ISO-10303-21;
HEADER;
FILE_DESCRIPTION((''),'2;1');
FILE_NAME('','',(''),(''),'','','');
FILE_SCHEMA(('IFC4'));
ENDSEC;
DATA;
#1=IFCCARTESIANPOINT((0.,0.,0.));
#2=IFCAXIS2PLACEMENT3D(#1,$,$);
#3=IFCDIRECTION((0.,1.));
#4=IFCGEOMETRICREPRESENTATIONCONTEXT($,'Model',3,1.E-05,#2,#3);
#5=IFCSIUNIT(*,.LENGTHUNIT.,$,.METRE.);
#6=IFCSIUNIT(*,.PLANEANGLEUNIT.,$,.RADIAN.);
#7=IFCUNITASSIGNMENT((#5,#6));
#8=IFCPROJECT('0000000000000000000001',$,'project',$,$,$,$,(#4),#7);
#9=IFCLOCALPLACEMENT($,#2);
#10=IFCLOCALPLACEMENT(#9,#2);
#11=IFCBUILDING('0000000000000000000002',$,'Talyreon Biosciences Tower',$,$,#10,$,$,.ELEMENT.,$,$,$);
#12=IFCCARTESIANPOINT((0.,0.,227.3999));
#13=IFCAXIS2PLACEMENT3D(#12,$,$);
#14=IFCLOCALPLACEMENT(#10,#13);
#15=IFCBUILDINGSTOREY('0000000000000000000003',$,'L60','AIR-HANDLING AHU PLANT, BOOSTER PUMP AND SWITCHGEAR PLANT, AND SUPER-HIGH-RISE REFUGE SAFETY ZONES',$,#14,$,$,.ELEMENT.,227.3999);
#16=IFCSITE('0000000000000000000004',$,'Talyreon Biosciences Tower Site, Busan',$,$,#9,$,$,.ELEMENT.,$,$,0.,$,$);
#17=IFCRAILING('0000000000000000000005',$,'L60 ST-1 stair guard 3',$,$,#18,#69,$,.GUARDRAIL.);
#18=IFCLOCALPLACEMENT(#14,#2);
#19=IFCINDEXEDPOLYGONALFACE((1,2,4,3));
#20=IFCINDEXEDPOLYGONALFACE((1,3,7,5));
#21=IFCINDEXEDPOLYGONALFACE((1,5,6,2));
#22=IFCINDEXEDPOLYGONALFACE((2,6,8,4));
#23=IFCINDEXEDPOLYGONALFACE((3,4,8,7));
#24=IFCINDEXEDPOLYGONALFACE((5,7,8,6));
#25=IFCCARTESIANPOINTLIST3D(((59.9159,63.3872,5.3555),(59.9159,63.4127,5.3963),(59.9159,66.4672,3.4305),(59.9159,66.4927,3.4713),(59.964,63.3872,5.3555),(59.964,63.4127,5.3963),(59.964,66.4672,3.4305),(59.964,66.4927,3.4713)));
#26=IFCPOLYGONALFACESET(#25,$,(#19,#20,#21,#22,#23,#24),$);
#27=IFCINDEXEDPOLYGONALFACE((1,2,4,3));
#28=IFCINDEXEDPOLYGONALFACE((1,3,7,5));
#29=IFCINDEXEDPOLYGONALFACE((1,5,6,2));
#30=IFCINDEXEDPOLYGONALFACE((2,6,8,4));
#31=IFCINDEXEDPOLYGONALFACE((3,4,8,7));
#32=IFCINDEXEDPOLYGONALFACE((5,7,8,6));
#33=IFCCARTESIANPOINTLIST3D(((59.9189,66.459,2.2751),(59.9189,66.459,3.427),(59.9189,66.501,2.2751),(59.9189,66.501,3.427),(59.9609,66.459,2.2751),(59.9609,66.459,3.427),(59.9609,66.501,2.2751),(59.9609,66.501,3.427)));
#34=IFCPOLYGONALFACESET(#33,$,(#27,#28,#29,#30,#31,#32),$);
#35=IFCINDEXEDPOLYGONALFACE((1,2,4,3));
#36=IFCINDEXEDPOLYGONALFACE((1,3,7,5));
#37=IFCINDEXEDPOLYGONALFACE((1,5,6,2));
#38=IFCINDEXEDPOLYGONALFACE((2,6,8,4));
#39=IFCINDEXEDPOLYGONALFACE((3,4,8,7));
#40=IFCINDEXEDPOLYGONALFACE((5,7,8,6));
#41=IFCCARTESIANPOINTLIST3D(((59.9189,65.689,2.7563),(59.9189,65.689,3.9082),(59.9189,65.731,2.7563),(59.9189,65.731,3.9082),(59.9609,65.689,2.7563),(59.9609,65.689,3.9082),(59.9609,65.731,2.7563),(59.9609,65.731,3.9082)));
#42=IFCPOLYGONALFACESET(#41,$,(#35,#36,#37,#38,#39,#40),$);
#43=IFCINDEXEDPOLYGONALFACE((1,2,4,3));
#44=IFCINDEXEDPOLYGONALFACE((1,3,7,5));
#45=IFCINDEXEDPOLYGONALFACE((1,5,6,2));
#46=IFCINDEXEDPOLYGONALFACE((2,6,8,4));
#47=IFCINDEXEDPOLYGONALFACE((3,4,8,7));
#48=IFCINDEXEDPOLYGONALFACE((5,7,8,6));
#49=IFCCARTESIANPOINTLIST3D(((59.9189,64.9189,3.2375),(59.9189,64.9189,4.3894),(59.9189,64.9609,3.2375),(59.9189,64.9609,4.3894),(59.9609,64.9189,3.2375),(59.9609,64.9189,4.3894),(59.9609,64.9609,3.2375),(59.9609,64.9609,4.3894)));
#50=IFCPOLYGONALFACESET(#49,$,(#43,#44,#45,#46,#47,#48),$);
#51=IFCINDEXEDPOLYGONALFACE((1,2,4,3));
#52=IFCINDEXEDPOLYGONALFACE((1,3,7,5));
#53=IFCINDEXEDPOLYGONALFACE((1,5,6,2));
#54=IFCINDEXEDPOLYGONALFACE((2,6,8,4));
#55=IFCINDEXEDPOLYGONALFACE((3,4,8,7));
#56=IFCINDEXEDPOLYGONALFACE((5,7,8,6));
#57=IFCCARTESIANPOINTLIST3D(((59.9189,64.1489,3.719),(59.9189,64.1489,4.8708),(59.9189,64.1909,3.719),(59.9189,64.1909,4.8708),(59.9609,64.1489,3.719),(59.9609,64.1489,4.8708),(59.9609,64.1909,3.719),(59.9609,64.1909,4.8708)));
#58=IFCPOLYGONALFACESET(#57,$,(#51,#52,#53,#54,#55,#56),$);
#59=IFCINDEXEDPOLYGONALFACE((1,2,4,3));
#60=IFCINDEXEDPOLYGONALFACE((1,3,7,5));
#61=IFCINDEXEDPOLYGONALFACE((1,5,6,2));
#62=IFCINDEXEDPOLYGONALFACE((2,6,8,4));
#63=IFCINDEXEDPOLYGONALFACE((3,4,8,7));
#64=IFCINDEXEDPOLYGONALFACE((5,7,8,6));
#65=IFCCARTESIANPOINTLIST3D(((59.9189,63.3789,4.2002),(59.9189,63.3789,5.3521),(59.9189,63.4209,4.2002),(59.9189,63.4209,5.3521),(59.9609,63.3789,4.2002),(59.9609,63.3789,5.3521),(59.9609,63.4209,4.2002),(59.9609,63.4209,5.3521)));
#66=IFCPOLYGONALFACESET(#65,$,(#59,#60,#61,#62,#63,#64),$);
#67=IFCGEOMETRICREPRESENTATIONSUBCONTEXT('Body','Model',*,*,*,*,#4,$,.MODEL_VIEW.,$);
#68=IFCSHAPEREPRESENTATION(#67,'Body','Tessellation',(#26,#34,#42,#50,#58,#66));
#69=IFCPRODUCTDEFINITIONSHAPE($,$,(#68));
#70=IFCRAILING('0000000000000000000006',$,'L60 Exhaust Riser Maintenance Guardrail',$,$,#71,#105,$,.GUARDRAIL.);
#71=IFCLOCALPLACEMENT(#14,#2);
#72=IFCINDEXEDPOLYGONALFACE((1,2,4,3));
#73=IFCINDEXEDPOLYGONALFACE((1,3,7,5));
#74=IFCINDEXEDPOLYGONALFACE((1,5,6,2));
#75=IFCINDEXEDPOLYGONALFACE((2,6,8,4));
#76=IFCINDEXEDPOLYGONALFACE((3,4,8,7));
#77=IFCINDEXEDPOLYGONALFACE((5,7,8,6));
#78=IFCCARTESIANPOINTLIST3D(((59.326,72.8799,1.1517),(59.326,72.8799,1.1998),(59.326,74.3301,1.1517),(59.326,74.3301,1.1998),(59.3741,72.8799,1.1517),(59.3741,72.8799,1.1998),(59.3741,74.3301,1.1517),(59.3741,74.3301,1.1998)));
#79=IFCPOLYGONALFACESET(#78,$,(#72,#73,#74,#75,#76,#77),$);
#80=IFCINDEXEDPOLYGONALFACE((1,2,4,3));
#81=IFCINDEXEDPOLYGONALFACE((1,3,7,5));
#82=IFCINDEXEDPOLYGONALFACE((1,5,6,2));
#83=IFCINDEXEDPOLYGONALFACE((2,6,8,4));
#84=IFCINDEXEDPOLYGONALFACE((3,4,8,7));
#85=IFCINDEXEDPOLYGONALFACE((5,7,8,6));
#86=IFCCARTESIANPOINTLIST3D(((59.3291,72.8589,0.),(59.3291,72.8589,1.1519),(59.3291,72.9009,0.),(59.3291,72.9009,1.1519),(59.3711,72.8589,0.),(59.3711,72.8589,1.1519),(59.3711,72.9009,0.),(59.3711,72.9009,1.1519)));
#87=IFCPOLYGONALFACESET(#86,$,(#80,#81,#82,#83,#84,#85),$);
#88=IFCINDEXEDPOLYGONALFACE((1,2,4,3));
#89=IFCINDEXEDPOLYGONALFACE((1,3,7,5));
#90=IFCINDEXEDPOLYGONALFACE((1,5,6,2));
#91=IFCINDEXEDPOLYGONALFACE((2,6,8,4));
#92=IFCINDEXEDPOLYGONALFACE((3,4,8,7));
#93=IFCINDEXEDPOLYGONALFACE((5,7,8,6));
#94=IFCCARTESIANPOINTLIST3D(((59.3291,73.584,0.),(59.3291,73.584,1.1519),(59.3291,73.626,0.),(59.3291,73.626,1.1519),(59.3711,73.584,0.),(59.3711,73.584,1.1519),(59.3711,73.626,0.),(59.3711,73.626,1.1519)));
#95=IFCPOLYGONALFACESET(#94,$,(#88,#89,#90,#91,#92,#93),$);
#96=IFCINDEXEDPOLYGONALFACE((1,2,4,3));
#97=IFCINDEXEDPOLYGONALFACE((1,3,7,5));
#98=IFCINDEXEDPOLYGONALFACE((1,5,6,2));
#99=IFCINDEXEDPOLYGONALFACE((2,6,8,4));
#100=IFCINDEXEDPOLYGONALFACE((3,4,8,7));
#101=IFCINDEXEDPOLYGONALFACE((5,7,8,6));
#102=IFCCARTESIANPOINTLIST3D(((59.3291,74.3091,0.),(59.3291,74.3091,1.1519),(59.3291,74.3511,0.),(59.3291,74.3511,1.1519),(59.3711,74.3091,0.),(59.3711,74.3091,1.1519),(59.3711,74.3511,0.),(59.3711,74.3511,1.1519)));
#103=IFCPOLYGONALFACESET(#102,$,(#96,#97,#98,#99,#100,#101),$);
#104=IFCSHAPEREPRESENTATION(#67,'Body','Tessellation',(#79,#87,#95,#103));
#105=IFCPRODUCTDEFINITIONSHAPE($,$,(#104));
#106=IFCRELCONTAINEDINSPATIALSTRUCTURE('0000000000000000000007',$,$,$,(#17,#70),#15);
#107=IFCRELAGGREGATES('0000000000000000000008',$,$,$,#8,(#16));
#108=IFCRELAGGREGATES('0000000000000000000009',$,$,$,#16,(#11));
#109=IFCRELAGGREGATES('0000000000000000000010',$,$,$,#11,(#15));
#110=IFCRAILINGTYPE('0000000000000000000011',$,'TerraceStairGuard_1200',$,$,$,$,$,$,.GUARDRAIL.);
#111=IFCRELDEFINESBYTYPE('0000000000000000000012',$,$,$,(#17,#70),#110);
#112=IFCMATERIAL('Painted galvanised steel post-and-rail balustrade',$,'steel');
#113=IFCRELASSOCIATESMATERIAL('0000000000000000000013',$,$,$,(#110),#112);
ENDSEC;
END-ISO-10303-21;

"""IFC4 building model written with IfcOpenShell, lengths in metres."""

from ifc_helpers import new_model, si_unit, direction, frame, origin, origin_2d, place, context, subcontext, project, spatial, rectangle, extrude, material, type_object, element, save


model = new_model("IFC4")

# Units and contexts
model_context = context("Model", 3, precision=1e-05, world=origin(), true_north=direction((0.0, 1.0)))
body_context = subcontext(model_context, "Body", "Model", "MODEL_VIEW")
ifc_project = project(units=[si_unit("LENGTHUNIT", "METRE"), si_unit("PLANEANGLEUNIT", "RADIAN")], contexts=[model_context])

# Site, building, storey
site_placement = place(None, origin())
site = spatial("IfcSite", under=ifc_project, at=site_placement, Name="Talyreon Biosciences Tower Site, Busan", CompositionType="ELEMENT", RefElevation=0.0)
building_placement = place(site_placement, origin())
building = spatial("IfcBuilding", under=site, at=building_placement, Name="Talyreon Biosciences Tower", CompositionType="ELEMENT")
storey_placement = place(building_placement, frame((0.0, 0.0, 227.3999)))
storey = spatial("IfcBuildingStorey", under=building, at=storey_placement, Name="L60", Description="AIR-HANDLING AHU PLANT, BOOSTER PUMP AND SWITCHGEAR PLANT, AND SUPER-HIGH-RISE REFUGE SAFETY ZONES", CompositionType="ELEMENT", Elevation=227.3999)

# Railings
ifc_material_1 = material(Name="Painted galvanised steel post-and-rail balustrade", Category="steel")
railing_type_1 = type_object("IfcRailingType", Name="TerraceStairGuard_1200", PredefinedType="GUARDRAIL", material=ifc_material_1)
railing_1_placement = place(storey_placement, frame((59.9399, 66.48, 2.2751)))
element("IfcRailing", 1, at=railing_1_placement, inside=storey, type_object=railing_type_1, Name="L60 ST-1 stair guard 3", PredefinedType="GUARDRAIL", context=body_context, shape_type="SweptSolid", body=[
    extrude(rectangle(XDim=0.0481, YDim=0.0481, at=origin_2d()), frame((0.0, 0.0, 1.1758), z_axis=(0.0, -0.847998, 0.529999), x_axis=(1.0, 0.0, 0.0)), (0.0, 0.0, 1.0), 3.6321),
    extrude(rectangle(XDim=0.042, YDim=0.042, at=origin_2d()), origin(), (0.0, 0.0, 1.0), 1.1519),
    extrude(rectangle(XDim=0.042, YDim=0.042, at=origin_2d()), frame((0.0, -0.77, 0.4812)), (0.0, 0.0, 1.0), 1.1519),
    extrude(rectangle(XDim=0.042, YDim=0.042, at=origin_2d()), frame((0.0, -1.54, 0.9624)), (0.0, 0.0, 1.0), 1.1519),
    extrude(rectangle(XDim=0.042, YDim=0.042, at=origin_2d()), frame((0.0, -2.3101, 1.4438)), (0.0, 0.0, 1.0), 1.1519),
    extrude(rectangle(XDim=0.042, YDim=0.042, at=origin_2d()), frame((0.0, -3.0801, 1.925)), (0.0, 0.0, 1.0), 1.1519),
])
railing_2_placement = place(storey_placement, frame((59.3501, 72.8799, 0.0)))
element("IfcRailing", 2, at=railing_2_placement, inside=storey, type_object=railing_type_1, Name="L60 Exhaust Riser Maintenance Guardrail", PredefinedType="GUARDRAIL", context=body_context, shape_type="SweptSolid", body=[
    extrude(rectangle(XDim=0.0481, YDim=0.0481, at=origin_2d()), frame((0.0, 0.0, 1.1758), z_axis=(0.0, 1.0, 0.0), x_axis=(-1.0, 0.0, 0.0)), (0.0, 0.0, 1.0), 1.4502),
    extrude(rectangle(XDim=0.042, YDim=0.042, at=origin_2d()), origin(), (0.0, 0.0, 1.0), 1.1519),
    extrude(rectangle(XDim=0.042, YDim=0.042, at=origin_2d()), frame((0.0, 0.7251, 0.0)), (0.0, 0.0, 1.0), 1.1519),
    extrude(rectangle(XDim=0.042, YDim=0.042, at=origin_2d()), frame((0.0, 1.4502, 0.0)), (0.0, 0.0, 1.0), 1.1519),
])

save(model, "model.ifc")
